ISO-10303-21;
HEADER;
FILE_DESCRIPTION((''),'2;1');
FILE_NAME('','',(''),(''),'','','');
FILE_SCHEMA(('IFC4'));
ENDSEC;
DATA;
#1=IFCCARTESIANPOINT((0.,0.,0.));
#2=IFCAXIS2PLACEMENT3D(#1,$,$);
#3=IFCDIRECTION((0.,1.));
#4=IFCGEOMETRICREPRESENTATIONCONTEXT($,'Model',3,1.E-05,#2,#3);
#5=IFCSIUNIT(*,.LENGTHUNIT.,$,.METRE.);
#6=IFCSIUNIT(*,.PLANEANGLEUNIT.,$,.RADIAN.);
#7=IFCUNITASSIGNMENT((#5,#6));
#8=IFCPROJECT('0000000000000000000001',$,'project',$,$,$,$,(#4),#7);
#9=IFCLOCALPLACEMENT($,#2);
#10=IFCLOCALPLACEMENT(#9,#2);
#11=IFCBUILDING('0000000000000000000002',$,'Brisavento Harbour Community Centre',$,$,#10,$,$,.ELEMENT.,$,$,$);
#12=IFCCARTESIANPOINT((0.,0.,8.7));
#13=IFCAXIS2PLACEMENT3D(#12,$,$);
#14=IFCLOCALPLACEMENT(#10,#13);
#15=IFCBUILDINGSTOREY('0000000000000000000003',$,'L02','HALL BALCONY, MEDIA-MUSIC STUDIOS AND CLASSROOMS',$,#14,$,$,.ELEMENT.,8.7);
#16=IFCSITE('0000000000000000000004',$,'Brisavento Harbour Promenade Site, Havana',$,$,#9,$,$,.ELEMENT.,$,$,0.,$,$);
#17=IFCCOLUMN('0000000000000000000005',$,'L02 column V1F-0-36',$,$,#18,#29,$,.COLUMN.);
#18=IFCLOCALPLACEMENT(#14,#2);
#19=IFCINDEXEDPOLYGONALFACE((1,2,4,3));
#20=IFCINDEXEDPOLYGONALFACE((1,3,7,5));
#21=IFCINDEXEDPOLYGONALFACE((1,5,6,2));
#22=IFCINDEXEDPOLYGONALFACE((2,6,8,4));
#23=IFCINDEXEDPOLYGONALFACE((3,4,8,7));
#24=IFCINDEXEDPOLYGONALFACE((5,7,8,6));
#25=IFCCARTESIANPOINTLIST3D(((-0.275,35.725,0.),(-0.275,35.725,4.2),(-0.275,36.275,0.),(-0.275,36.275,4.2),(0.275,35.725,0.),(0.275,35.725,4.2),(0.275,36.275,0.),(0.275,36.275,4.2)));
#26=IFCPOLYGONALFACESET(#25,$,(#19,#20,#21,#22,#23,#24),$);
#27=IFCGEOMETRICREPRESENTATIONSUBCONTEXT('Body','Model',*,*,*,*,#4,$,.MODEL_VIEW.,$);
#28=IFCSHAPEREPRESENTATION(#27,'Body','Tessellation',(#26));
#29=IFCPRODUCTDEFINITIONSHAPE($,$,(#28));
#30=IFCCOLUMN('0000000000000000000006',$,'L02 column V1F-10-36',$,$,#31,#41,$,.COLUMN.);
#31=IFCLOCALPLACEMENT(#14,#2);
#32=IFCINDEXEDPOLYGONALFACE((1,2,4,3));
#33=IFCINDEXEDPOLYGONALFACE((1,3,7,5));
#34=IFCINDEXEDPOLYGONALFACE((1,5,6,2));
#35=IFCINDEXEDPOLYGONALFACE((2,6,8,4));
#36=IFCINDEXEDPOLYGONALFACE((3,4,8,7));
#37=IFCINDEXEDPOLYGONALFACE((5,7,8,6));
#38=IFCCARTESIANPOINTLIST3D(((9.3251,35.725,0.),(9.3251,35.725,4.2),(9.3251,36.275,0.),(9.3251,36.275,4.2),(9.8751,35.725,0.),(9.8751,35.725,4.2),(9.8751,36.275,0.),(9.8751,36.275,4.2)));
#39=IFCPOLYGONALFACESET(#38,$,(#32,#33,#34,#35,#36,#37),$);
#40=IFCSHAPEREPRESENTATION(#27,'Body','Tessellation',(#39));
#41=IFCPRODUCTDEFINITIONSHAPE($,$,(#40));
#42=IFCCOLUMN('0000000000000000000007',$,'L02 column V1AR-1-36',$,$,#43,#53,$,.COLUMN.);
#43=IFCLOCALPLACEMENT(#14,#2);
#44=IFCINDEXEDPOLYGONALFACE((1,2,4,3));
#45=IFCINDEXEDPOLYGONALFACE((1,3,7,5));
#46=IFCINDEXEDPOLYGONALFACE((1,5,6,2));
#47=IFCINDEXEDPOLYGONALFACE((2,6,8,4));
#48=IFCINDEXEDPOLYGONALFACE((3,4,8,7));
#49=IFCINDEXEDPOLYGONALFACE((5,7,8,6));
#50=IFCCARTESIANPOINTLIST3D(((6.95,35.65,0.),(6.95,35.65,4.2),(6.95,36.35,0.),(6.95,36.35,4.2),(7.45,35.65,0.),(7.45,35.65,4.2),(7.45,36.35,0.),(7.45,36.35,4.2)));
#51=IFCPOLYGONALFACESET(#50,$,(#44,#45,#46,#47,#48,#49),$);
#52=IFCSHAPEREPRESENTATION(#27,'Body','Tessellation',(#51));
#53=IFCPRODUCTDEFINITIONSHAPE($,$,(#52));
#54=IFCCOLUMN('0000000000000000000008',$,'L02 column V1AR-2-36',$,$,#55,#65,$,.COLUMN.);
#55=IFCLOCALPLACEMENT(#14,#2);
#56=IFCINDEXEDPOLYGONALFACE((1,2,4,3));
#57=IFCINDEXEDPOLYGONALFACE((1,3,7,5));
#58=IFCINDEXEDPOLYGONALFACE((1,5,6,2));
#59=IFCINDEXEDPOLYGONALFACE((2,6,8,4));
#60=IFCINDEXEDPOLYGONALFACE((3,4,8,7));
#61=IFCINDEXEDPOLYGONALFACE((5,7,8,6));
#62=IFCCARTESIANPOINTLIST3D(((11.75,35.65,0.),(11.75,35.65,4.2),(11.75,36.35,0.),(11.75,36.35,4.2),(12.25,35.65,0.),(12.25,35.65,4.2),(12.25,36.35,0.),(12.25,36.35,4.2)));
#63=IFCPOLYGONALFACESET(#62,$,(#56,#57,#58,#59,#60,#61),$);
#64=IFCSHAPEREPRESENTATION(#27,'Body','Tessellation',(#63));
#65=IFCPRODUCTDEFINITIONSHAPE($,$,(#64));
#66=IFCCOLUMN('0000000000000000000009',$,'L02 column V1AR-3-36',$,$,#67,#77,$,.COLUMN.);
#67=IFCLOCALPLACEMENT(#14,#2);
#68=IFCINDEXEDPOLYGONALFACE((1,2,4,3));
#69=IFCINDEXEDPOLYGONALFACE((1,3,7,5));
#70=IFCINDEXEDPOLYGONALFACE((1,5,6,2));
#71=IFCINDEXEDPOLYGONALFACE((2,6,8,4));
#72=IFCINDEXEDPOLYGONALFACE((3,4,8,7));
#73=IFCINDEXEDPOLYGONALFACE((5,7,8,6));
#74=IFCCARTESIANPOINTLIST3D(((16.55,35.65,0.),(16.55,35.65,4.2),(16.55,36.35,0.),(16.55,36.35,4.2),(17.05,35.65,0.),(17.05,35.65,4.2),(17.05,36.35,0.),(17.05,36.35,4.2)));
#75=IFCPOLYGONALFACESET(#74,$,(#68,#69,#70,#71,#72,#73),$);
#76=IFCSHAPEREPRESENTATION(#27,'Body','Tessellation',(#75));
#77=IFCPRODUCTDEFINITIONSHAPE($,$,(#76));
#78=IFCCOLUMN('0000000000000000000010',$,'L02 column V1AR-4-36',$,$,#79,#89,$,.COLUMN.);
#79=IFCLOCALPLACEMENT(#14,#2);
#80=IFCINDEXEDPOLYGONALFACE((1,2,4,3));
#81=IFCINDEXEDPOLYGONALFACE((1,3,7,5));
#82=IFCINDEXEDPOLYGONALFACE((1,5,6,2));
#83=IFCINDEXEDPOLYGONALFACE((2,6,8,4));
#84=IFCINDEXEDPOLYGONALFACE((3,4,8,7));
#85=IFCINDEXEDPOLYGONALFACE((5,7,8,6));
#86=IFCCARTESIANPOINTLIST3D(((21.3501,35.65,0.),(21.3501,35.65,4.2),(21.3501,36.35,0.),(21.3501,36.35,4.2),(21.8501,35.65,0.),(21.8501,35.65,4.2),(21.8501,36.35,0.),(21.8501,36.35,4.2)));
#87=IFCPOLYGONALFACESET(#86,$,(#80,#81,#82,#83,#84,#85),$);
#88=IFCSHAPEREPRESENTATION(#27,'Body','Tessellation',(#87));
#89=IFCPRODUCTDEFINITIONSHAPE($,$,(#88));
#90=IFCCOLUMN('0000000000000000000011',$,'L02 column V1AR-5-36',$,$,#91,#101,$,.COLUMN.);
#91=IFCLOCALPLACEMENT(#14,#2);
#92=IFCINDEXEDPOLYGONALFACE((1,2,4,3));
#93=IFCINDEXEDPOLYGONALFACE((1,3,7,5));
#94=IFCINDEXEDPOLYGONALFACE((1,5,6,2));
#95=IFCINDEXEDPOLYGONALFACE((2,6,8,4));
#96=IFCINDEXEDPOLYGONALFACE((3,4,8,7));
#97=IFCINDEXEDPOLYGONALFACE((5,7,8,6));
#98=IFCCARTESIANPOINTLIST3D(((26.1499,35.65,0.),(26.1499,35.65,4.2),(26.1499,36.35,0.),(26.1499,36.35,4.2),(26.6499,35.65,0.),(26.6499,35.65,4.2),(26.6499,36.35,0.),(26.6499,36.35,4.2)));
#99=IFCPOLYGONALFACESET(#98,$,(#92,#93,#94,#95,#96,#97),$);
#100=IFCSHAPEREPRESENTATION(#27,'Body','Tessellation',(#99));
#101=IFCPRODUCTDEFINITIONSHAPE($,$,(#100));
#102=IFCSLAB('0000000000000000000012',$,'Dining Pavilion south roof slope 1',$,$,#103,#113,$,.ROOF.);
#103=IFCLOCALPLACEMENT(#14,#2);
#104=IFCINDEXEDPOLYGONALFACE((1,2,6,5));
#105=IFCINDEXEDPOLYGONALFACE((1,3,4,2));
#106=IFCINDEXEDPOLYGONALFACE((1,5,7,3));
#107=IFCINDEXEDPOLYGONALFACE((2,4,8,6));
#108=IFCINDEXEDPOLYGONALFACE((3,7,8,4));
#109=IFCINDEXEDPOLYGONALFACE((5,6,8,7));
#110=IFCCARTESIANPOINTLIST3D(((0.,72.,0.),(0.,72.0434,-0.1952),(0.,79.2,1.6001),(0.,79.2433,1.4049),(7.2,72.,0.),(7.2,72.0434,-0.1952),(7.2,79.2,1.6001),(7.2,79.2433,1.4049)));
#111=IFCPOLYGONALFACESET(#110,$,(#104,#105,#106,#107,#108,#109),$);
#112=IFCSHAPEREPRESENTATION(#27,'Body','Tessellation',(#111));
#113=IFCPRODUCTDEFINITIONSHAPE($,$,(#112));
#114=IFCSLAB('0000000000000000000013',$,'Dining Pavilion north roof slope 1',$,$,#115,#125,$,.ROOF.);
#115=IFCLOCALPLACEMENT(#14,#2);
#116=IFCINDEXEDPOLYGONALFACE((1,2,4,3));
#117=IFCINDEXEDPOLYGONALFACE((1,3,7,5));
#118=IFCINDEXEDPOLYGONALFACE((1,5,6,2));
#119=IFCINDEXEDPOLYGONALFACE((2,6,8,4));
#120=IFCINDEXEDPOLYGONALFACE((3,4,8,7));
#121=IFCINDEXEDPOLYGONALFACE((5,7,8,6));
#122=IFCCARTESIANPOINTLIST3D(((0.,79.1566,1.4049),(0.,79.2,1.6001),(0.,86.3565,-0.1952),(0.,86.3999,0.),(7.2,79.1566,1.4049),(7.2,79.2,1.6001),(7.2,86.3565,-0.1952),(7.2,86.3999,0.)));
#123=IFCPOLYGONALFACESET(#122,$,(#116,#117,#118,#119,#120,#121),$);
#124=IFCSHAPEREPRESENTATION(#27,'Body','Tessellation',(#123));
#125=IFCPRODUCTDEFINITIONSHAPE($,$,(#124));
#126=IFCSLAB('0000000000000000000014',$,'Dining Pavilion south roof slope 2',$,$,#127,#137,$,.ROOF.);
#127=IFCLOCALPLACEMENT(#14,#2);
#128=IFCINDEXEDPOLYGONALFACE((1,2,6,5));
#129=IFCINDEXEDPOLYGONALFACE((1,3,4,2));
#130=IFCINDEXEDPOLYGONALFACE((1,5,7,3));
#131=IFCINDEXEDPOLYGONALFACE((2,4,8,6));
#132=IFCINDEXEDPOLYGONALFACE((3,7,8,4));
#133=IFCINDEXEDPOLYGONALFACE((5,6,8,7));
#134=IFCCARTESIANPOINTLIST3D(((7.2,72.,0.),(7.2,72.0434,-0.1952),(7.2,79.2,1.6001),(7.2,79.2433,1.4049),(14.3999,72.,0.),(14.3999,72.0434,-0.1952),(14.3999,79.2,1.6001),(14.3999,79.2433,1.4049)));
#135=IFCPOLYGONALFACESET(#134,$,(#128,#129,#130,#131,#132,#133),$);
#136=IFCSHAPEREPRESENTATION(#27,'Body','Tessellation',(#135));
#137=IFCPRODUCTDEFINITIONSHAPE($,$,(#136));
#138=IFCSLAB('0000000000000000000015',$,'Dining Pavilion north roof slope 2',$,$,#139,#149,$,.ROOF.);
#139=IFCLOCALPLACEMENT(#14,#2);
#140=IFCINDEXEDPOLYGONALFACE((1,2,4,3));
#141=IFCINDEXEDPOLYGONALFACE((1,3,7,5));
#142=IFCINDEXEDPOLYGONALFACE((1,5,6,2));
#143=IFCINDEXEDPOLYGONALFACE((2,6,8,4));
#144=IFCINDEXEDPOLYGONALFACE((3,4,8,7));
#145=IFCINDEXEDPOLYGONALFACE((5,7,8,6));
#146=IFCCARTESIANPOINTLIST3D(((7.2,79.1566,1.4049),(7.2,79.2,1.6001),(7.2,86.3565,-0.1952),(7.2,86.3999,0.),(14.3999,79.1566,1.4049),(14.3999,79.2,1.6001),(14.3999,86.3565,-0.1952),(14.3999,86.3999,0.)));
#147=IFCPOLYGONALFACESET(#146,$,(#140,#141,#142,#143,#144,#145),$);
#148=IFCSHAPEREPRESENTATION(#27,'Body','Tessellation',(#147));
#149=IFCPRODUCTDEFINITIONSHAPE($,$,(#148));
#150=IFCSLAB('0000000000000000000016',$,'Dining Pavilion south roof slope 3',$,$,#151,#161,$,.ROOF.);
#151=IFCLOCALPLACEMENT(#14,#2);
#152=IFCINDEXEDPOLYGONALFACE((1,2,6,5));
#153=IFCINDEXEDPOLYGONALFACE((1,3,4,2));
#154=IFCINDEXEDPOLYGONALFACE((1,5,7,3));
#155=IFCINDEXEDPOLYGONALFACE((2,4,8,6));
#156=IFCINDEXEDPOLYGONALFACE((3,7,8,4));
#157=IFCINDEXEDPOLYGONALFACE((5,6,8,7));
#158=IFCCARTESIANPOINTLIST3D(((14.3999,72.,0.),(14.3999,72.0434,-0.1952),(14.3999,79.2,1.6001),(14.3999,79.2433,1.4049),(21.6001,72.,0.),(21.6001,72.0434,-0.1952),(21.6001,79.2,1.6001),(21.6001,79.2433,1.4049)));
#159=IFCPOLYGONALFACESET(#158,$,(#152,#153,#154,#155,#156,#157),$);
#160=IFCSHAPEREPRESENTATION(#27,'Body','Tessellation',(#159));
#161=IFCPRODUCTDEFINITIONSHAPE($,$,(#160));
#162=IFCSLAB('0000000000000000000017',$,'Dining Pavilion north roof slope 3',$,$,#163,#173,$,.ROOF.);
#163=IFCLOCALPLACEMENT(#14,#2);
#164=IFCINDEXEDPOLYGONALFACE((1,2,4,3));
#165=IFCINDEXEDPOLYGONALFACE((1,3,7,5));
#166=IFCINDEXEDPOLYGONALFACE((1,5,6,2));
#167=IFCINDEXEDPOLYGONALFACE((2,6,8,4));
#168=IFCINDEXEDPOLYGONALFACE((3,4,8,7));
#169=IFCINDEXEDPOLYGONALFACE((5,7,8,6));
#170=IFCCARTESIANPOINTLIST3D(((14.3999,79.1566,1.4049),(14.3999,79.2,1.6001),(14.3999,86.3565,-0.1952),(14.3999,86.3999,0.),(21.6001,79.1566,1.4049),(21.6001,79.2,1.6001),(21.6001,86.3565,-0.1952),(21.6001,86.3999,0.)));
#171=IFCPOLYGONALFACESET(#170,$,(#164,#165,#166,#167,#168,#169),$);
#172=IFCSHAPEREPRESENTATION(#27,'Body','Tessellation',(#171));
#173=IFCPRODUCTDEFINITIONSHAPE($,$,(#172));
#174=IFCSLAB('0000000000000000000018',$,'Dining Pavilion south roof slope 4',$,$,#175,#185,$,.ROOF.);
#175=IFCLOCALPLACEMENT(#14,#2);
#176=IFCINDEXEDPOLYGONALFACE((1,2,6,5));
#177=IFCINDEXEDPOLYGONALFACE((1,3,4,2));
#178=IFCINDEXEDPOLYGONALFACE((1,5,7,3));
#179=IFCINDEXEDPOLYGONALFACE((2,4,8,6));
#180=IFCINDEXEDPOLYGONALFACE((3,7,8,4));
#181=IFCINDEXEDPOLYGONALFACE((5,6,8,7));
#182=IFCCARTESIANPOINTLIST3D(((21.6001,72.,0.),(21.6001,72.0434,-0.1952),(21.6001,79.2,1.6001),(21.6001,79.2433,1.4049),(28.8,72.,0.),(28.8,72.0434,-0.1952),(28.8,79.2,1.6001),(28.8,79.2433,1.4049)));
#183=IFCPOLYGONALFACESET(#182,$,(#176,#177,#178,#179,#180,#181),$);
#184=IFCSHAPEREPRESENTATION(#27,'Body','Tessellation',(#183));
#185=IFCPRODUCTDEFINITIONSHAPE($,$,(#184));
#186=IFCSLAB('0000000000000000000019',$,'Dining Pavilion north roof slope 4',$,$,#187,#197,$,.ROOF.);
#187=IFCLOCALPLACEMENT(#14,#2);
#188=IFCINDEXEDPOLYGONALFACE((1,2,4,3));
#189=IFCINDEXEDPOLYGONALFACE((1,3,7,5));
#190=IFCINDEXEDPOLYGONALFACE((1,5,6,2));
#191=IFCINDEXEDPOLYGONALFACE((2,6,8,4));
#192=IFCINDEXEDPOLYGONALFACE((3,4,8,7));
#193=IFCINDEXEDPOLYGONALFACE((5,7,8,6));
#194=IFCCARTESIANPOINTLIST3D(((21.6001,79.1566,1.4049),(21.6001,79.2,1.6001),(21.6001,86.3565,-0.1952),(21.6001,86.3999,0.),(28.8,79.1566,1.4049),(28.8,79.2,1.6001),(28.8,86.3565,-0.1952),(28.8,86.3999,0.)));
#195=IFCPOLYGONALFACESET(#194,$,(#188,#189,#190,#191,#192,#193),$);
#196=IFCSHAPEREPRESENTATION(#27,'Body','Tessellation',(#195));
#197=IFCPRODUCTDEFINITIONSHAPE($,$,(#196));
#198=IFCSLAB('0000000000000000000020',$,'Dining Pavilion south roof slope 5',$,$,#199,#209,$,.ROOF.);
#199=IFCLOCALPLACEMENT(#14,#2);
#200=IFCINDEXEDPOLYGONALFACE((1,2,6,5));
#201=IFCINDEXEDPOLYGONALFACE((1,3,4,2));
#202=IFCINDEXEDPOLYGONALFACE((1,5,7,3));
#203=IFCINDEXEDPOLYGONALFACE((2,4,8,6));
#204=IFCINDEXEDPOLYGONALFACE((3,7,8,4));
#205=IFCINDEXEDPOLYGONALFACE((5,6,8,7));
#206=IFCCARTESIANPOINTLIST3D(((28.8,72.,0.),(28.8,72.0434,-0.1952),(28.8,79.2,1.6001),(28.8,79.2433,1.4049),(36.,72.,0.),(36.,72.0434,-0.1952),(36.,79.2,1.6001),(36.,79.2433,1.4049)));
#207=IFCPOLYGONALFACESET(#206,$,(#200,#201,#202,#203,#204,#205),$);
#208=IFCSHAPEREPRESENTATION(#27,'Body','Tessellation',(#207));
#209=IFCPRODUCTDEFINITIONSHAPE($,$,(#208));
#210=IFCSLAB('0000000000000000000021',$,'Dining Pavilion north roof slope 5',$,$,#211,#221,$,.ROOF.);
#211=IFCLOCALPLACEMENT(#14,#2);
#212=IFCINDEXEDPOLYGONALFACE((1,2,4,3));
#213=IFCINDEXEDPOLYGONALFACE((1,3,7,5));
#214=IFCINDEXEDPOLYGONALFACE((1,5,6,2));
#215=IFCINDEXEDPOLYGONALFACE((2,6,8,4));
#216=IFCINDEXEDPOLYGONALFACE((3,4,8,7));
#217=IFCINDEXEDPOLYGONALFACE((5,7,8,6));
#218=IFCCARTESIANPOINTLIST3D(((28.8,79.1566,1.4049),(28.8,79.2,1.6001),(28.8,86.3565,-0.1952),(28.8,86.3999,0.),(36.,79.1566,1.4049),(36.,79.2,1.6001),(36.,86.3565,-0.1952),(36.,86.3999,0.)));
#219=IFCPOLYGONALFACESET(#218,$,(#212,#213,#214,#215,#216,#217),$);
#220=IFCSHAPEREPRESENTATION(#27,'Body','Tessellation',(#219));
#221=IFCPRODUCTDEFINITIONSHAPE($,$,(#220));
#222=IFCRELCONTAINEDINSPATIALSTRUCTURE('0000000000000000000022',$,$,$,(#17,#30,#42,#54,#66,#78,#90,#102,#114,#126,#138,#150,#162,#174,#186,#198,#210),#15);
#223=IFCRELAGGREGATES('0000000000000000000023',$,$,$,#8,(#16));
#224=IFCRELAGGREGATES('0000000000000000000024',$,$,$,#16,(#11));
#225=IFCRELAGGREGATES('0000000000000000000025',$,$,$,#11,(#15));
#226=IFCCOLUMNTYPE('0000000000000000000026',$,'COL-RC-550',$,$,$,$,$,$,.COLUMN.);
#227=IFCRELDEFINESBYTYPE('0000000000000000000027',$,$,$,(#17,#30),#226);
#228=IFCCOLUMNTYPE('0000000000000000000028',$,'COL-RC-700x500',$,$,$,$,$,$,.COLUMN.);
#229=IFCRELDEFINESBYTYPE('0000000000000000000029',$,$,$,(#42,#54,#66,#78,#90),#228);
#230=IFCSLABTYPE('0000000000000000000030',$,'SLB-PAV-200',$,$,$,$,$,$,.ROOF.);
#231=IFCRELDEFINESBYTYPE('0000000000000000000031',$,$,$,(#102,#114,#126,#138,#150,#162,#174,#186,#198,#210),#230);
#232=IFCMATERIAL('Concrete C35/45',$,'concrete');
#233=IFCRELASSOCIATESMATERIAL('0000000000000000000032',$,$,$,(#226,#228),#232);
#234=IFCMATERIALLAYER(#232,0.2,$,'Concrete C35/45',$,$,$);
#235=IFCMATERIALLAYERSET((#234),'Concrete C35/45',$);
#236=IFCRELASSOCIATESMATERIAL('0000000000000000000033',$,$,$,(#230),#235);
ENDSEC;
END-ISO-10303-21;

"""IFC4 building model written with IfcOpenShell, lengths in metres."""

from ifc_helpers import new_model, si_unit, direction, frame, origin, origin_2d, place, context, subcontext, project, spatial, polyline, rectangle, outline, extrude, material, layer, layer_set, material_profile, profile_set, type_object, element, save


model = new_model("IFC4")

# Units and contexts
model_context = context("Model", 3, precision=1e-05, world=origin(), true_north=direction((0.0, 1.0)))
body_context = subcontext(model_context, "Body", "Model", "MODEL_VIEW")
ifc_project = project(units=[si_unit("LENGTHUNIT", "METRE"), si_unit("PLANEANGLEUNIT", "RADIAN")], contexts=[model_context])

# Site, building, storey
site_placement = place(None, origin())
site = spatial("IfcSite", under=ifc_project, at=site_placement, Name="Brisavento Harbour Promenade Site, Havana", CompositionType="ELEMENT", RefElevation=0.0)
building_placement = place(site_placement, origin())
building = spatial("IfcBuilding", under=site, at=building_placement, Name="Brisavento Harbour Community Centre", CompositionType="ELEMENT")
storey_placement = place(building_placement, frame((0.0, 0.0, 8.7)))
storey = spatial("IfcBuildingStorey", under=building, at=storey_placement, Name="L02", Description="HALL BALCONY, MEDIA-MUSIC STUDIOS AND CLASSROOMS", CompositionType="ELEMENT", Elevation=8.7)

# Columns
ifc_material_1 = material(Name="Concrete C35/45", Category="concrete")
ifc_material_profile_1 = material_profile(ifc_material_1, rectangle(XDim=0.55, YDim=0.55, at=origin_2d()), Name="Concrete C35/45")
ifc_profile_set_1 = profile_set([ifc_material_profile_1], Name="Concrete C35/45")
column_type_1 = type_object("IfcColumnType", Name="COL-RC-550", PredefinedType="COLUMN", material=ifc_profile_set_1)
for number, where, z_axis, x_axis, name in (
    (1, (0.0, 36.0, 0.0), (0.0, 0.0, 1.0), (1.0, 0.0, 0.0), "L02 column V1F-0-36"),
    (2, (9.6001, 36.0, 0.0), (0.0, 0.0, 1.0), (1.0, 0.0, 0.0), "L02 column V1F-10-36"),
):
    element("IfcColumn", number, at=place(storey_placement, frame(where, z_axis=z_axis, x_axis=x_axis)), inside=storey, type_object=column_type_1, Name=name, PredefinedType="COLUMN", context=body_context, shape_type="SweptSolid", body=[
        extrude(rectangle(XDim=0.55, YDim=0.55, at=origin_2d()), origin(), (0.0, 0.0, 1.0), 4.2),
    ])
ifc_material_profile_2 = material_profile(ifc_material_1, rectangle(XDim=0.5, YDim=0.7, at=origin_2d()), Name="Concrete C35/45")
ifc_profile_set_2 = profile_set([ifc_material_profile_2], Name="Concrete C35/45")
column_type_2 = type_object("IfcColumnType", Name="COL-RC-700x500", PredefinedType="COLUMN", material=ifc_profile_set_2)
for number, where, z_axis, x_axis, name in (
    (3, (7.2, 36.0, 0.0), (0.0, 0.0, 1.0), (1.0, 0.0, 0.0), "L02 column V1AR-1-36"),
    (4, (12.0, 36.0, 0.0), (0.0, 0.0, 1.0), (1.0, 0.0, 0.0), "L02 column V1AR-2-36"),
    (5, (16.8, 36.0, 0.0), (0.0, 0.0, 1.0), (1.0, 0.0, 0.0), "L02 column V1AR-3-36"),
    (6, (21.6001, 36.0, 0.0), (0.0, 0.0, 1.0), (1.0, 0.0, 0.0), "L02 column V1AR-4-36"),
    (7, (26.3999, 36.0, 0.0), (0.0, 0.0, 1.0), (1.0, 0.0, 0.0), "L02 column V1AR-5-36"),
):
    element("IfcColumn", number, at=place(storey_placement, frame(where, z_axis=z_axis, x_axis=x_axis)), inside=storey, type_object=column_type_2, Name=name, PredefinedType="COLUMN", context=body_context, shape_type="SweptSolid", body=[
        extrude(rectangle(XDim=0.5, YDim=0.7, at=origin_2d()), origin(), (0.0, 0.0, 1.0), 4.2),
    ])

# Slabs
ifc_layer_1 = layer(ifc_material_1, 0.2, Name="Concrete C35/45")
ifc_layer_set_1 = layer_set([ifc_layer_1], Name="Concrete C35/45")
slab_type = type_object("IfcSlabType", Name="SLB-PAV-200", PredefinedType="ROOF", material=ifc_layer_set_1)
for number, where, z_axis, x_axis, name in (
    (8, (0.0, 72.0, 0.0), (0.0, -0.216944, 0.976184), (1.0, 0.0, 0.0), "Dining Pavilion south roof slope 1"),
    (9, (0.0, 79.2, 1.6001), (0.0, 0.216944, 0.976184), (1.0, 0.0, 0.0), "Dining Pavilion north roof slope 1"),
    (10, (7.2, 72.0, 0.0), (0.0, -0.216944, 0.976184), (1.0, 0.0, 0.0), "Dining Pavilion south roof slope 2"),
    (11, (7.2, 79.2, 1.6001), (0.0, 0.216944, 0.976184), (1.0, 0.0, 0.0), "Dining Pavilion north roof slope 2"),
):
    element("IfcSlab", number, at=place(storey_placement, frame(where, z_axis=z_axis, x_axis=x_axis)), inside=storey, type_object=slab_type, Name=name, PredefinedType="ROOF", context=body_context, shape_type="SweptSolid", body=[
        extrude(outline(polyline([(0.0, 0.0), (7.2, 0.0), (7.2, 7.3756), (0.0, 7.3756), (0.0, 0.0)])), origin(), (0.0, 0.0, -1.0), 0.2),
    ])
for number, where, z_axis, x_axis, name in (
    (12, (14.3999, 72.0, 0.0), (0.0, -0.216944, 0.976184), (1.0, 0.0, 0.0), "Dining Pavilion south roof slope 3"),
    (13, (14.3999, 79.2, 1.6001), (0.0, 0.216944, 0.976184), (1.0, 0.0, 0.0), "Dining Pavilion north roof slope 3"),
):
    element("IfcSlab", number, at=place(storey_placement, frame(where, z_axis=z_axis, x_axis=x_axis)), inside=storey, type_object=slab_type, Name=name, PredefinedType="ROOF", context=body_context, shape_type="SweptSolid", body=[
        extrude(outline(polyline([(0.0, 0.0), (7.2002, 0.0), (7.2002, 7.3756), (0.0, 7.3756), (0.0, 0.0)])), origin(), (0.0, 0.0, -1.0), 0.2),
    ])
for number, where, z_axis, x_axis, name in (
    (14, (21.6001, 72.0, 0.0), (0.0, -0.216944, 0.976184), (1.0, 0.0, 0.0), "Dining Pavilion south roof slope 4"),
    (15, (21.6001, 79.2, 1.6001), (0.0, 0.216944, 0.976184), (1.0, 0.0, 0.0), "Dining Pavilion north roof slope 4"),
    (16, (28.8, 72.0, 0.0), (0.0, -0.216944, 0.976184), (1.0, 0.0, 0.0), "Dining Pavilion south roof slope 5"),
    (17, (28.8, 79.2, 1.6001), (0.0, 0.216944, 0.976184), (1.0, 0.0, 0.0), "Dining Pavilion north roof slope 5"),
):
    element("IfcSlab", number, at=place(storey_placement, frame(where, z_axis=z_axis, x_axis=x_axis)), inside=storey, type_object=slab_type, Name=name, PredefinedType="ROOF", context=body_context, shape_type="SweptSolid", body=[
        extrude(outline(polyline([(0.0, 0.0), (7.2, 0.0), (7.2, 7.3756), (0.0, 7.3756), (0.0, 0.0)])), origin(), (0.0, 0.0, -1.0), 0.2),
    ])

save(model, "model.ifc")
